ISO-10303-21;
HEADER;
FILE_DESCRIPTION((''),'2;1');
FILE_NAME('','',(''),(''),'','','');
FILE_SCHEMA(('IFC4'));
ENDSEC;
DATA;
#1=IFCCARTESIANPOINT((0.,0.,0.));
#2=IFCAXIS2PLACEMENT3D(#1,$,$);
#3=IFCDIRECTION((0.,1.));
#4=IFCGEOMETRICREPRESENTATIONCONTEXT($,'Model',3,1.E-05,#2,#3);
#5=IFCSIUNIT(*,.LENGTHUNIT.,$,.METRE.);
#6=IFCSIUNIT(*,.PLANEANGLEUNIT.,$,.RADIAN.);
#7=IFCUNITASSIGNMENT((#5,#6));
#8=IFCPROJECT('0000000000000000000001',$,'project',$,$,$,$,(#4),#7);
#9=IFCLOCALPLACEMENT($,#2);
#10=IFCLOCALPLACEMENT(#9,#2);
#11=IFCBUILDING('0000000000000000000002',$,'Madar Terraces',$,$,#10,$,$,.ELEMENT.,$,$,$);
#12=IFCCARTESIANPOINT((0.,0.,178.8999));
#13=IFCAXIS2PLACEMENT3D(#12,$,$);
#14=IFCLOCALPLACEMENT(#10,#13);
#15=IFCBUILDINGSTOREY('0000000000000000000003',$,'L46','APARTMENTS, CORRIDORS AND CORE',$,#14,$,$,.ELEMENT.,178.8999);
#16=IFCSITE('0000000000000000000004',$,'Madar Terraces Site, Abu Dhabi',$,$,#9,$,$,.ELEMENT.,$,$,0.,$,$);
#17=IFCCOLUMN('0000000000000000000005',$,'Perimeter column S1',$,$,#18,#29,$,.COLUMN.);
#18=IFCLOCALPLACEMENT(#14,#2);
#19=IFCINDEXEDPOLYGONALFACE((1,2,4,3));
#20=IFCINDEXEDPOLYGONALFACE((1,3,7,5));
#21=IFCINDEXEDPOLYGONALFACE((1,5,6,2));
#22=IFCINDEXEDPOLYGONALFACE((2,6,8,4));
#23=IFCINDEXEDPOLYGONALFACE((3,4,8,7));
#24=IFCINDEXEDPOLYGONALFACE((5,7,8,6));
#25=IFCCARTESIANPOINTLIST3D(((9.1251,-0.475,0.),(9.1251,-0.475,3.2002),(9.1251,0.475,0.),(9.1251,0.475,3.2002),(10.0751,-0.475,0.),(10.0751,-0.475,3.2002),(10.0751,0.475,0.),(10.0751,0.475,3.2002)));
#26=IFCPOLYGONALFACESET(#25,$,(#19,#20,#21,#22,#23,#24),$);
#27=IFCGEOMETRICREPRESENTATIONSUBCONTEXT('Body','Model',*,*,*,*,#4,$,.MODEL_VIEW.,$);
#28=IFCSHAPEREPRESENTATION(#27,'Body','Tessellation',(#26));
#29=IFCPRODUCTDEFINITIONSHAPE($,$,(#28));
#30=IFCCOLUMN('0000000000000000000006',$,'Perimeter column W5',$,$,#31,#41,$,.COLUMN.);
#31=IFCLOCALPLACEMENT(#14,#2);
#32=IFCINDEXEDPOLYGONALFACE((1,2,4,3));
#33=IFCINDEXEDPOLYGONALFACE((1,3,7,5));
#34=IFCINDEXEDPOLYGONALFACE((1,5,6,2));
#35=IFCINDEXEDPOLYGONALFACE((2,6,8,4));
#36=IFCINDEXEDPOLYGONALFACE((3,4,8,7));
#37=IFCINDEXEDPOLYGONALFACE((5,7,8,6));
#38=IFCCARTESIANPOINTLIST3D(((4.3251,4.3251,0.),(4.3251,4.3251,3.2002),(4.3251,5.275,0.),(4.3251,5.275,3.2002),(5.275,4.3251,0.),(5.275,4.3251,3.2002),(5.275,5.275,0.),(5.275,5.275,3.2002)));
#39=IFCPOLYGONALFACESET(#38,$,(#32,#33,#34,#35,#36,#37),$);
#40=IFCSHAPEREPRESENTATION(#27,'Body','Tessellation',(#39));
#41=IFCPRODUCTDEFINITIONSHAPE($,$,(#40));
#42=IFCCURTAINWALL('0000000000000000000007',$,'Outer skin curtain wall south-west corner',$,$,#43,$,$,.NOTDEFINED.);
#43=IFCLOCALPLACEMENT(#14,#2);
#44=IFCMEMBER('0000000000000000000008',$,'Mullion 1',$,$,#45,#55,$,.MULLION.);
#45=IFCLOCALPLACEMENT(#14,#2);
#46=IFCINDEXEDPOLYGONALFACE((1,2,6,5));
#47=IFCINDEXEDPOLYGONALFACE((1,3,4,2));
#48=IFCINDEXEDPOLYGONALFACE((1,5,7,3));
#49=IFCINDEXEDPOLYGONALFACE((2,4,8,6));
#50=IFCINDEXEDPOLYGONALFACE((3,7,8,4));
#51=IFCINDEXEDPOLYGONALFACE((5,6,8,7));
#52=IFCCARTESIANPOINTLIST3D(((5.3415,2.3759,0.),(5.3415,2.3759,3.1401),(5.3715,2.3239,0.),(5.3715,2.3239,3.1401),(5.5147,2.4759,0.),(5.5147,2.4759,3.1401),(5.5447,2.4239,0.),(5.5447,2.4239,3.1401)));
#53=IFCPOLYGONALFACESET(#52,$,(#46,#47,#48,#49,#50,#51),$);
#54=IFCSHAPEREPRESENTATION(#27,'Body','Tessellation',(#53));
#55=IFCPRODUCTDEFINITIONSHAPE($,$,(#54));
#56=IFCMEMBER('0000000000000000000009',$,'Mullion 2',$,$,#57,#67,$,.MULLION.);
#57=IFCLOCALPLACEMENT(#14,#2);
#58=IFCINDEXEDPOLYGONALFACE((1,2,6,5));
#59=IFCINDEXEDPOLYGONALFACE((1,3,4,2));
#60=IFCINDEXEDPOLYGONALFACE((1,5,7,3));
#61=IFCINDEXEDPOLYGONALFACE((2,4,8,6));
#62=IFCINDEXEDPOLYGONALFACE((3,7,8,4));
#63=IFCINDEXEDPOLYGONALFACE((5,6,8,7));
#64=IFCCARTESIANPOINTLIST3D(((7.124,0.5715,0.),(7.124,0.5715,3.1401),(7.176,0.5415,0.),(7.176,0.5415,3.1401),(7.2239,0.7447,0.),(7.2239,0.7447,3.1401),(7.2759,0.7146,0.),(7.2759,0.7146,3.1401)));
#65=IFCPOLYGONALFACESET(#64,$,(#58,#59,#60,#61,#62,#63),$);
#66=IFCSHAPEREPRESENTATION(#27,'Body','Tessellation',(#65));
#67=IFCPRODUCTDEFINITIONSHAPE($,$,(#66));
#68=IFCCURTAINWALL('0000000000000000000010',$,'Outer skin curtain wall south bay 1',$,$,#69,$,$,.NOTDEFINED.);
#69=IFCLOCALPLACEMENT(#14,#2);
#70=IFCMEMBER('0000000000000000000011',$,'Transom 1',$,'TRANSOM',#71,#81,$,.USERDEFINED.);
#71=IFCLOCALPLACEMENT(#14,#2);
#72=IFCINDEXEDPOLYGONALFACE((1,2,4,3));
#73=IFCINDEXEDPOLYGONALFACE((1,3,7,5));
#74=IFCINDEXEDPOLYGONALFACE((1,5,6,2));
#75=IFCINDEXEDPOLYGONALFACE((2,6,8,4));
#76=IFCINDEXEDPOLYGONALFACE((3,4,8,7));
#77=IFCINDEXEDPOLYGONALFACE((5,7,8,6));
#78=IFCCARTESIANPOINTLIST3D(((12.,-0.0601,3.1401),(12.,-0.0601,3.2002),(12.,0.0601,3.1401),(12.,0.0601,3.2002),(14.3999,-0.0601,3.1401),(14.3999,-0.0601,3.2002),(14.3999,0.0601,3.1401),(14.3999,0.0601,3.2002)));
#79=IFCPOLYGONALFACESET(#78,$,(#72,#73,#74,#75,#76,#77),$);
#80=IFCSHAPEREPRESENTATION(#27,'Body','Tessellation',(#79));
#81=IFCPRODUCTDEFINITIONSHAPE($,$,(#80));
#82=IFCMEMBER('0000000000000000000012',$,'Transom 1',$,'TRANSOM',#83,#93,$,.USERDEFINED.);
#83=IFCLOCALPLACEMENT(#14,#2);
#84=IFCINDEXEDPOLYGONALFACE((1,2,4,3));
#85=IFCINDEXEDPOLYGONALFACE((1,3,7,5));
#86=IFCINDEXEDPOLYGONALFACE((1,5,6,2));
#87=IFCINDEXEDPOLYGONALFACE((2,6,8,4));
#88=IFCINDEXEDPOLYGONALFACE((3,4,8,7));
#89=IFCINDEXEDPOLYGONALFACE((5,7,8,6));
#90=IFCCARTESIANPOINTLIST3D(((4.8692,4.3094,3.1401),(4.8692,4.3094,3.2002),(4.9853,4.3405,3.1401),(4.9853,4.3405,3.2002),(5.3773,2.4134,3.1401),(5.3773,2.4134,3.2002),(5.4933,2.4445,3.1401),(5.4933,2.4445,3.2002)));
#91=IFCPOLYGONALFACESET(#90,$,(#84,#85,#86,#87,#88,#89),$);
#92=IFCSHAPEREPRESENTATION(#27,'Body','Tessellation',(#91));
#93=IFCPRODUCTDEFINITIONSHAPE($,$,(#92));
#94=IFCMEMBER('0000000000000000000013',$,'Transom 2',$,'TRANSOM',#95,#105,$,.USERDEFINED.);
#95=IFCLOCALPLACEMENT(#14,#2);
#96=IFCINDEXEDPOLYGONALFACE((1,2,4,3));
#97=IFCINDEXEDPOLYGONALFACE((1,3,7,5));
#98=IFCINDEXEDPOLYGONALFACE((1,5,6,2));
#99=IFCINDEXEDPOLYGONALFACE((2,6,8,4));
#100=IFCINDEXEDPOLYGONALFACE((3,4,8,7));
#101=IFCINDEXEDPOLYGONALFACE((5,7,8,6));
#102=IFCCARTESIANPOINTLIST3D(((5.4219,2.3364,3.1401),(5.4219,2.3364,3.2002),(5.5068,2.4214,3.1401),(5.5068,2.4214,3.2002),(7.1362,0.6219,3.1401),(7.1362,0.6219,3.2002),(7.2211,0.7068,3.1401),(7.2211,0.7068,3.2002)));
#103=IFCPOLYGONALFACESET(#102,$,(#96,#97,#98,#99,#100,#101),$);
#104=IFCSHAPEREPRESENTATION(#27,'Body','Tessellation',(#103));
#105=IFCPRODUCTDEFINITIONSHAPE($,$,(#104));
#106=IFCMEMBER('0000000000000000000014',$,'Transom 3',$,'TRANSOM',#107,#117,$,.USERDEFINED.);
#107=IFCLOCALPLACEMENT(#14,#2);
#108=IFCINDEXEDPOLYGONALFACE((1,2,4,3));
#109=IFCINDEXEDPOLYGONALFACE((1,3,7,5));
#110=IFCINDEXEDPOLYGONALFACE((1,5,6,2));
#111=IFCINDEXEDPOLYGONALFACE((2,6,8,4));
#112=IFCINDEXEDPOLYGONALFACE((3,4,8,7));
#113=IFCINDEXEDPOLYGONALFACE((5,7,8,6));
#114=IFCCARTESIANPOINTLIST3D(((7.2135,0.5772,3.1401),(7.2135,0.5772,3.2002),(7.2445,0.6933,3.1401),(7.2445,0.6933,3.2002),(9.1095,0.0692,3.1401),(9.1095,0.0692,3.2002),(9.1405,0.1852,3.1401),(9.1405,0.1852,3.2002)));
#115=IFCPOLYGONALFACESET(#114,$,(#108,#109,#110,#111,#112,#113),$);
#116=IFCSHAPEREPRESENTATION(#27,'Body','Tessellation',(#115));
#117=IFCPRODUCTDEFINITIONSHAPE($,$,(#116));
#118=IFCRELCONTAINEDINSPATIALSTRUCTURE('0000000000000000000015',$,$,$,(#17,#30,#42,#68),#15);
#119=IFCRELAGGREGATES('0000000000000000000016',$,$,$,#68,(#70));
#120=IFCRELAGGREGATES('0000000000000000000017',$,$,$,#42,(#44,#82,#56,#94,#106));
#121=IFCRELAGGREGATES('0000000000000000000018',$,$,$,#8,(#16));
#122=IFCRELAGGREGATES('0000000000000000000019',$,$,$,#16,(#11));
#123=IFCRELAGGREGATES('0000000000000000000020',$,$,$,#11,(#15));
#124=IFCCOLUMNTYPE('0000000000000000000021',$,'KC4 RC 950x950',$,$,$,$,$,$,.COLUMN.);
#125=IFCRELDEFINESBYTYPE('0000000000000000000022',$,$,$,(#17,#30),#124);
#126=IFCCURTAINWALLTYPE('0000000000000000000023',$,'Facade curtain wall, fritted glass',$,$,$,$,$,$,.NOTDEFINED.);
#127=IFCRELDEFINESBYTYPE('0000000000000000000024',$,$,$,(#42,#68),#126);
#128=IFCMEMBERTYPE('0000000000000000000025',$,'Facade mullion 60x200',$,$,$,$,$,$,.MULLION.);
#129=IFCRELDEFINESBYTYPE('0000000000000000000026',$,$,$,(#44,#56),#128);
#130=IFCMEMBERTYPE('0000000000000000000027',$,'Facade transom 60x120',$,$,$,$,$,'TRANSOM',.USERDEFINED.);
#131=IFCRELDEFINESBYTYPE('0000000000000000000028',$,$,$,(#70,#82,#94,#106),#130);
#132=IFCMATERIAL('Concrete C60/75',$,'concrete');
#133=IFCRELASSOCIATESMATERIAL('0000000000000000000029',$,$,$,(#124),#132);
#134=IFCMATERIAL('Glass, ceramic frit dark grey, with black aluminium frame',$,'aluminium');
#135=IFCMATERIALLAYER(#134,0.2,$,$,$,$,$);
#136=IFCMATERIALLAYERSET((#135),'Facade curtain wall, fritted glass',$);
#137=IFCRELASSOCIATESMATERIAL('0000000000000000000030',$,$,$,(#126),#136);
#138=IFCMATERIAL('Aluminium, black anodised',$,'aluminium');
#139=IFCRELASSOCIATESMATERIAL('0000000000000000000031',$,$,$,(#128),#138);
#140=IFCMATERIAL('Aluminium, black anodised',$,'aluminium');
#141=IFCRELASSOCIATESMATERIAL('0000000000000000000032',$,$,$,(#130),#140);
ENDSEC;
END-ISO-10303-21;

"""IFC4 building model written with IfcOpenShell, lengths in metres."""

from ifc_helpers import new_model, si_unit, direction, frame, origin, origin_2d, place, context, subcontext, project, spatial, rectangle, extrude, material, layer, layer_set, material_profile, profile_set, type_object, element, aggregate, save


model = new_model("IFC4")

# Units and contexts
model_context = context("Model", 3, precision=1e-05, world=origin(), true_north=direction((0.0, 1.0)))
body_context = subcontext(model_context, "Body", "Model", "MODEL_VIEW")
ifc_project = project(units=[si_unit("LENGTHUNIT", "METRE"), si_unit("PLANEANGLEUNIT", "RADIAN")], contexts=[model_context])

# Site, building, storey
site_placement = place(None, origin())
site = spatial("IfcSite", under=ifc_project, at=site_placement, Name="Madar Terraces Site, Abu Dhabi", CompositionType="ELEMENT", RefElevation=0.0)
building_placement = place(site_placement, origin())
building = spatial("IfcBuilding", under=site, at=building_placement, Name="Madar Terraces", CompositionType="ELEMENT")
storey_placement = place(building_placement, frame((0.0, 0.0, 178.8999)))
storey = spatial("IfcBuildingStorey", under=building, at=storey_placement, Name="L46", Description="APARTMENTS, CORRIDORS AND CORE", CompositionType="ELEMENT", Elevation=178.8999)

# Columns
ifc_material_1 = material(Name="Concrete C60/75", Category="concrete")
ifc_material_profile_1 = material_profile(ifc_material_1, rectangle(XDim=0.95, YDim=0.95, at=origin_2d()), Name="KC4 RC 950x950")
ifc_profile_set_1 = profile_set([ifc_material_profile_1], Name="Concrete C60/75")
column_type = type_object("IfcColumnType", Name="KC4 RC 950x950", PredefinedType="COLUMN", material=ifc_profile_set_1)
for number, where, z_axis, x_axis, name in (
    (1, (9.6001, 0.0, 0.0), (0.0, 0.0, 1.0), (1.0, 0.0, 0.0), "Perimeter column S1"),
    (2, (4.8, 4.8, 0.0), (0.0, 0.0, 1.0), (1.0, 0.0, 0.0), "Perimeter column W5"),
):
    element("IfcColumn", number, at=place(storey_placement, frame(where, z_axis=z_axis, x_axis=x_axis)), inside=storey, type_object=column_type, Name=name, PredefinedType="COLUMN", context=body_context, shape_type="SweptSolid", body=[
        extrude(rectangle(XDim=0.95, YDim=0.95, at=origin_2d()), origin(), (0.0, 0.0, 1.0), 3.2002),
    ])

# Curtain wall, members
ifc_material_2 = material(Name="Glass, ceramic frit dark grey, with black aluminium frame", Category="aluminium")
ifc_layer_1 = layer(ifc_material_2, 0.2)
ifc_layer_set_1 = layer_set([ifc_layer_1], Name="Facade curtain wall, fritted glass")
curtain_wall_type = type_object("IfcCurtainWallType", Name="Facade curtain wall, fritted glass", PredefinedType="NOTDEFINED", material=ifc_layer_set_1)
curtain_wall_1_placement = place(storey_placement, origin())
curtain_wall_1 = element("IfcCurtainWall", 3, at=curtain_wall_1_placement, inside=storey, type_object=curtain_wall_type, Name="Outer skin curtain wall south-west corner", PredefinedType="NOTDEFINED")
ifc_material_3 = material(Name="Aluminium, black anodised", Category="aluminium")
ifc_material_profile_2 = material_profile(ifc_material_3, rectangle(XDim=0.2, YDim=0.0601, at=origin_2d()), Name="Facade mullion 60x200")
ifc_profile_set_2 = profile_set([ifc_material_profile_2], Name="Aluminium, black anodised")
member_type_1 = type_object("IfcMemberType", Name="Facade mullion 60x200", PredefinedType="MULLION", material=ifc_profile_set_2)
member_1_placement = place(storey_placement, frame((5.4431, 2.3999, 0.0), z_axis=(0.0, 0.0, 1.0), x_axis=(0.866025, 0.5, 0.0)))
member_1 = element("IfcMember", 4, at=member_1_placement, type_object=member_type_1, Name="Mullion 1", PredefinedType="MULLION", context=body_context, shape_type="SweptSolid", body=[
    extrude(rectangle(XDim=0.2, YDim=0.0601, at=origin_2d()), origin(), (0.0, 0.0, 1.0), 3.1401),
])
member_2_placement = place(storey_placement, frame((7.2, 0.6431, 0.0), z_axis=(0.0, 0.0, 1.0), x_axis=(0.5, 0.866025, 0.0)))
member_2 = element("IfcMember", 5, at=member_2_placement, type_object=member_type_1, Name="Mullion 2", PredefinedType="MULLION", context=body_context, shape_type="SweptSolid", body=[
    extrude(rectangle(XDim=0.2, YDim=0.0601, at=origin_2d()), origin(), (0.0, 0.0, 1.0), 3.1401),
])

# Curtain wall, member
curtain_wall_2_placement = place(storey_placement, origin())
curtain_wall_2 = element("IfcCurtainWall", 6, at=curtain_wall_2_placement, inside=storey, type_object=curtain_wall_type, Name="Outer skin curtain wall south bay 1", PredefinedType="NOTDEFINED")
ifc_material_4 = material(Name="Aluminium, black anodised", Category="aluminium")
ifc_material_profile_3 = material_profile(ifc_material_4, rectangle(XDim=0.1201, YDim=0.0601, at=origin_2d()), Name="Facade transom 60x120")
ifc_profile_set_3 = profile_set([ifc_material_profile_3], Name="Aluminium, black anodised")
member_type_2 = type_object("IfcMemberType", Name="Facade transom 60x120", ElementType="TRANSOM", PredefinedType="USERDEFINED", material=ifc_profile_set_3)
member_3_placement = place(storey_placement, frame((12.0, 0.0, 3.1702), z_axis=(1.0, 0.0, 0.0), x_axis=(0.0, 1.0, 0.0)))
member_3 = element("IfcMember", 7, at=member_3_placement, type_object=member_type_2, Name="Transom 1", ObjectType="TRANSOM", PredefinedType="USERDEFINED", context=body_context, shape_type="SweptSolid", body=[
    extrude(rectangle(XDim=0.1201, YDim=0.0601, at=origin_2d()), origin(), (0.0, 0.0, 1.0), 2.3999),
])

# Members
member_4_placement = place(storey_placement, frame((4.9272, 4.325, 3.1702), z_axis=(0.258831, -0.965923, 0.0), x_axis=(0.965923, 0.258831, 0.0)))
member_4 = element("IfcMember", 8, at=member_4_placement, type_object=member_type_2, Name="Transom 1", ObjectType="TRANSOM", PredefinedType="USERDEFINED", context=body_context, shape_type="SweptSolid", body=[
    extrude(rectangle(XDim=0.1201, YDim=0.0601, at=origin_2d()), origin(), (0.0, 0.0, 1.0), 1.9629),
])
member_5_placement = place(storey_placement, frame((5.4644, 2.3789, 3.1702), z_axis=(0.707056, -0.707157, 0.0), x_axis=(0.707157, 0.707056, 0.0)))
member_5 = element("IfcMember", 9, at=member_5_placement, type_object=member_type_2, Name="Transom 2", ObjectType="TRANSOM", PredefinedType="USERDEFINED", context=body_context, shape_type="SweptSolid", body=[
    extrude(rectangle(XDim=0.1201, YDim=0.0601, at=origin_2d()), origin(), (0.0, 0.0, 1.0), 2.4246),
])
member_6_placement = place(storey_placement, frame((7.229, 0.6353, 3.1702), z_axis=(0.965923, -0.258831, 0.0), x_axis=(0.258831, 0.965923, 0.0)))
member_6 = element("IfcMember", 10, at=member_6_placement, type_object=member_type_2, Name="Transom 3", ObjectType="TRANSOM", PredefinedType="USERDEFINED", context=body_context, shape_type="SweptSolid", body=[
    extrude(rectangle(XDim=0.1201, YDim=0.0601, at=origin_2d()), origin(), (0.0, 0.0, 1.0), 1.9629),
])

aggregate(curtain_wall_2, [member_3])
aggregate(curtain_wall_1, [member_1, member_4, member_2, member_5, member_6])

save(model, "model.ifc")
